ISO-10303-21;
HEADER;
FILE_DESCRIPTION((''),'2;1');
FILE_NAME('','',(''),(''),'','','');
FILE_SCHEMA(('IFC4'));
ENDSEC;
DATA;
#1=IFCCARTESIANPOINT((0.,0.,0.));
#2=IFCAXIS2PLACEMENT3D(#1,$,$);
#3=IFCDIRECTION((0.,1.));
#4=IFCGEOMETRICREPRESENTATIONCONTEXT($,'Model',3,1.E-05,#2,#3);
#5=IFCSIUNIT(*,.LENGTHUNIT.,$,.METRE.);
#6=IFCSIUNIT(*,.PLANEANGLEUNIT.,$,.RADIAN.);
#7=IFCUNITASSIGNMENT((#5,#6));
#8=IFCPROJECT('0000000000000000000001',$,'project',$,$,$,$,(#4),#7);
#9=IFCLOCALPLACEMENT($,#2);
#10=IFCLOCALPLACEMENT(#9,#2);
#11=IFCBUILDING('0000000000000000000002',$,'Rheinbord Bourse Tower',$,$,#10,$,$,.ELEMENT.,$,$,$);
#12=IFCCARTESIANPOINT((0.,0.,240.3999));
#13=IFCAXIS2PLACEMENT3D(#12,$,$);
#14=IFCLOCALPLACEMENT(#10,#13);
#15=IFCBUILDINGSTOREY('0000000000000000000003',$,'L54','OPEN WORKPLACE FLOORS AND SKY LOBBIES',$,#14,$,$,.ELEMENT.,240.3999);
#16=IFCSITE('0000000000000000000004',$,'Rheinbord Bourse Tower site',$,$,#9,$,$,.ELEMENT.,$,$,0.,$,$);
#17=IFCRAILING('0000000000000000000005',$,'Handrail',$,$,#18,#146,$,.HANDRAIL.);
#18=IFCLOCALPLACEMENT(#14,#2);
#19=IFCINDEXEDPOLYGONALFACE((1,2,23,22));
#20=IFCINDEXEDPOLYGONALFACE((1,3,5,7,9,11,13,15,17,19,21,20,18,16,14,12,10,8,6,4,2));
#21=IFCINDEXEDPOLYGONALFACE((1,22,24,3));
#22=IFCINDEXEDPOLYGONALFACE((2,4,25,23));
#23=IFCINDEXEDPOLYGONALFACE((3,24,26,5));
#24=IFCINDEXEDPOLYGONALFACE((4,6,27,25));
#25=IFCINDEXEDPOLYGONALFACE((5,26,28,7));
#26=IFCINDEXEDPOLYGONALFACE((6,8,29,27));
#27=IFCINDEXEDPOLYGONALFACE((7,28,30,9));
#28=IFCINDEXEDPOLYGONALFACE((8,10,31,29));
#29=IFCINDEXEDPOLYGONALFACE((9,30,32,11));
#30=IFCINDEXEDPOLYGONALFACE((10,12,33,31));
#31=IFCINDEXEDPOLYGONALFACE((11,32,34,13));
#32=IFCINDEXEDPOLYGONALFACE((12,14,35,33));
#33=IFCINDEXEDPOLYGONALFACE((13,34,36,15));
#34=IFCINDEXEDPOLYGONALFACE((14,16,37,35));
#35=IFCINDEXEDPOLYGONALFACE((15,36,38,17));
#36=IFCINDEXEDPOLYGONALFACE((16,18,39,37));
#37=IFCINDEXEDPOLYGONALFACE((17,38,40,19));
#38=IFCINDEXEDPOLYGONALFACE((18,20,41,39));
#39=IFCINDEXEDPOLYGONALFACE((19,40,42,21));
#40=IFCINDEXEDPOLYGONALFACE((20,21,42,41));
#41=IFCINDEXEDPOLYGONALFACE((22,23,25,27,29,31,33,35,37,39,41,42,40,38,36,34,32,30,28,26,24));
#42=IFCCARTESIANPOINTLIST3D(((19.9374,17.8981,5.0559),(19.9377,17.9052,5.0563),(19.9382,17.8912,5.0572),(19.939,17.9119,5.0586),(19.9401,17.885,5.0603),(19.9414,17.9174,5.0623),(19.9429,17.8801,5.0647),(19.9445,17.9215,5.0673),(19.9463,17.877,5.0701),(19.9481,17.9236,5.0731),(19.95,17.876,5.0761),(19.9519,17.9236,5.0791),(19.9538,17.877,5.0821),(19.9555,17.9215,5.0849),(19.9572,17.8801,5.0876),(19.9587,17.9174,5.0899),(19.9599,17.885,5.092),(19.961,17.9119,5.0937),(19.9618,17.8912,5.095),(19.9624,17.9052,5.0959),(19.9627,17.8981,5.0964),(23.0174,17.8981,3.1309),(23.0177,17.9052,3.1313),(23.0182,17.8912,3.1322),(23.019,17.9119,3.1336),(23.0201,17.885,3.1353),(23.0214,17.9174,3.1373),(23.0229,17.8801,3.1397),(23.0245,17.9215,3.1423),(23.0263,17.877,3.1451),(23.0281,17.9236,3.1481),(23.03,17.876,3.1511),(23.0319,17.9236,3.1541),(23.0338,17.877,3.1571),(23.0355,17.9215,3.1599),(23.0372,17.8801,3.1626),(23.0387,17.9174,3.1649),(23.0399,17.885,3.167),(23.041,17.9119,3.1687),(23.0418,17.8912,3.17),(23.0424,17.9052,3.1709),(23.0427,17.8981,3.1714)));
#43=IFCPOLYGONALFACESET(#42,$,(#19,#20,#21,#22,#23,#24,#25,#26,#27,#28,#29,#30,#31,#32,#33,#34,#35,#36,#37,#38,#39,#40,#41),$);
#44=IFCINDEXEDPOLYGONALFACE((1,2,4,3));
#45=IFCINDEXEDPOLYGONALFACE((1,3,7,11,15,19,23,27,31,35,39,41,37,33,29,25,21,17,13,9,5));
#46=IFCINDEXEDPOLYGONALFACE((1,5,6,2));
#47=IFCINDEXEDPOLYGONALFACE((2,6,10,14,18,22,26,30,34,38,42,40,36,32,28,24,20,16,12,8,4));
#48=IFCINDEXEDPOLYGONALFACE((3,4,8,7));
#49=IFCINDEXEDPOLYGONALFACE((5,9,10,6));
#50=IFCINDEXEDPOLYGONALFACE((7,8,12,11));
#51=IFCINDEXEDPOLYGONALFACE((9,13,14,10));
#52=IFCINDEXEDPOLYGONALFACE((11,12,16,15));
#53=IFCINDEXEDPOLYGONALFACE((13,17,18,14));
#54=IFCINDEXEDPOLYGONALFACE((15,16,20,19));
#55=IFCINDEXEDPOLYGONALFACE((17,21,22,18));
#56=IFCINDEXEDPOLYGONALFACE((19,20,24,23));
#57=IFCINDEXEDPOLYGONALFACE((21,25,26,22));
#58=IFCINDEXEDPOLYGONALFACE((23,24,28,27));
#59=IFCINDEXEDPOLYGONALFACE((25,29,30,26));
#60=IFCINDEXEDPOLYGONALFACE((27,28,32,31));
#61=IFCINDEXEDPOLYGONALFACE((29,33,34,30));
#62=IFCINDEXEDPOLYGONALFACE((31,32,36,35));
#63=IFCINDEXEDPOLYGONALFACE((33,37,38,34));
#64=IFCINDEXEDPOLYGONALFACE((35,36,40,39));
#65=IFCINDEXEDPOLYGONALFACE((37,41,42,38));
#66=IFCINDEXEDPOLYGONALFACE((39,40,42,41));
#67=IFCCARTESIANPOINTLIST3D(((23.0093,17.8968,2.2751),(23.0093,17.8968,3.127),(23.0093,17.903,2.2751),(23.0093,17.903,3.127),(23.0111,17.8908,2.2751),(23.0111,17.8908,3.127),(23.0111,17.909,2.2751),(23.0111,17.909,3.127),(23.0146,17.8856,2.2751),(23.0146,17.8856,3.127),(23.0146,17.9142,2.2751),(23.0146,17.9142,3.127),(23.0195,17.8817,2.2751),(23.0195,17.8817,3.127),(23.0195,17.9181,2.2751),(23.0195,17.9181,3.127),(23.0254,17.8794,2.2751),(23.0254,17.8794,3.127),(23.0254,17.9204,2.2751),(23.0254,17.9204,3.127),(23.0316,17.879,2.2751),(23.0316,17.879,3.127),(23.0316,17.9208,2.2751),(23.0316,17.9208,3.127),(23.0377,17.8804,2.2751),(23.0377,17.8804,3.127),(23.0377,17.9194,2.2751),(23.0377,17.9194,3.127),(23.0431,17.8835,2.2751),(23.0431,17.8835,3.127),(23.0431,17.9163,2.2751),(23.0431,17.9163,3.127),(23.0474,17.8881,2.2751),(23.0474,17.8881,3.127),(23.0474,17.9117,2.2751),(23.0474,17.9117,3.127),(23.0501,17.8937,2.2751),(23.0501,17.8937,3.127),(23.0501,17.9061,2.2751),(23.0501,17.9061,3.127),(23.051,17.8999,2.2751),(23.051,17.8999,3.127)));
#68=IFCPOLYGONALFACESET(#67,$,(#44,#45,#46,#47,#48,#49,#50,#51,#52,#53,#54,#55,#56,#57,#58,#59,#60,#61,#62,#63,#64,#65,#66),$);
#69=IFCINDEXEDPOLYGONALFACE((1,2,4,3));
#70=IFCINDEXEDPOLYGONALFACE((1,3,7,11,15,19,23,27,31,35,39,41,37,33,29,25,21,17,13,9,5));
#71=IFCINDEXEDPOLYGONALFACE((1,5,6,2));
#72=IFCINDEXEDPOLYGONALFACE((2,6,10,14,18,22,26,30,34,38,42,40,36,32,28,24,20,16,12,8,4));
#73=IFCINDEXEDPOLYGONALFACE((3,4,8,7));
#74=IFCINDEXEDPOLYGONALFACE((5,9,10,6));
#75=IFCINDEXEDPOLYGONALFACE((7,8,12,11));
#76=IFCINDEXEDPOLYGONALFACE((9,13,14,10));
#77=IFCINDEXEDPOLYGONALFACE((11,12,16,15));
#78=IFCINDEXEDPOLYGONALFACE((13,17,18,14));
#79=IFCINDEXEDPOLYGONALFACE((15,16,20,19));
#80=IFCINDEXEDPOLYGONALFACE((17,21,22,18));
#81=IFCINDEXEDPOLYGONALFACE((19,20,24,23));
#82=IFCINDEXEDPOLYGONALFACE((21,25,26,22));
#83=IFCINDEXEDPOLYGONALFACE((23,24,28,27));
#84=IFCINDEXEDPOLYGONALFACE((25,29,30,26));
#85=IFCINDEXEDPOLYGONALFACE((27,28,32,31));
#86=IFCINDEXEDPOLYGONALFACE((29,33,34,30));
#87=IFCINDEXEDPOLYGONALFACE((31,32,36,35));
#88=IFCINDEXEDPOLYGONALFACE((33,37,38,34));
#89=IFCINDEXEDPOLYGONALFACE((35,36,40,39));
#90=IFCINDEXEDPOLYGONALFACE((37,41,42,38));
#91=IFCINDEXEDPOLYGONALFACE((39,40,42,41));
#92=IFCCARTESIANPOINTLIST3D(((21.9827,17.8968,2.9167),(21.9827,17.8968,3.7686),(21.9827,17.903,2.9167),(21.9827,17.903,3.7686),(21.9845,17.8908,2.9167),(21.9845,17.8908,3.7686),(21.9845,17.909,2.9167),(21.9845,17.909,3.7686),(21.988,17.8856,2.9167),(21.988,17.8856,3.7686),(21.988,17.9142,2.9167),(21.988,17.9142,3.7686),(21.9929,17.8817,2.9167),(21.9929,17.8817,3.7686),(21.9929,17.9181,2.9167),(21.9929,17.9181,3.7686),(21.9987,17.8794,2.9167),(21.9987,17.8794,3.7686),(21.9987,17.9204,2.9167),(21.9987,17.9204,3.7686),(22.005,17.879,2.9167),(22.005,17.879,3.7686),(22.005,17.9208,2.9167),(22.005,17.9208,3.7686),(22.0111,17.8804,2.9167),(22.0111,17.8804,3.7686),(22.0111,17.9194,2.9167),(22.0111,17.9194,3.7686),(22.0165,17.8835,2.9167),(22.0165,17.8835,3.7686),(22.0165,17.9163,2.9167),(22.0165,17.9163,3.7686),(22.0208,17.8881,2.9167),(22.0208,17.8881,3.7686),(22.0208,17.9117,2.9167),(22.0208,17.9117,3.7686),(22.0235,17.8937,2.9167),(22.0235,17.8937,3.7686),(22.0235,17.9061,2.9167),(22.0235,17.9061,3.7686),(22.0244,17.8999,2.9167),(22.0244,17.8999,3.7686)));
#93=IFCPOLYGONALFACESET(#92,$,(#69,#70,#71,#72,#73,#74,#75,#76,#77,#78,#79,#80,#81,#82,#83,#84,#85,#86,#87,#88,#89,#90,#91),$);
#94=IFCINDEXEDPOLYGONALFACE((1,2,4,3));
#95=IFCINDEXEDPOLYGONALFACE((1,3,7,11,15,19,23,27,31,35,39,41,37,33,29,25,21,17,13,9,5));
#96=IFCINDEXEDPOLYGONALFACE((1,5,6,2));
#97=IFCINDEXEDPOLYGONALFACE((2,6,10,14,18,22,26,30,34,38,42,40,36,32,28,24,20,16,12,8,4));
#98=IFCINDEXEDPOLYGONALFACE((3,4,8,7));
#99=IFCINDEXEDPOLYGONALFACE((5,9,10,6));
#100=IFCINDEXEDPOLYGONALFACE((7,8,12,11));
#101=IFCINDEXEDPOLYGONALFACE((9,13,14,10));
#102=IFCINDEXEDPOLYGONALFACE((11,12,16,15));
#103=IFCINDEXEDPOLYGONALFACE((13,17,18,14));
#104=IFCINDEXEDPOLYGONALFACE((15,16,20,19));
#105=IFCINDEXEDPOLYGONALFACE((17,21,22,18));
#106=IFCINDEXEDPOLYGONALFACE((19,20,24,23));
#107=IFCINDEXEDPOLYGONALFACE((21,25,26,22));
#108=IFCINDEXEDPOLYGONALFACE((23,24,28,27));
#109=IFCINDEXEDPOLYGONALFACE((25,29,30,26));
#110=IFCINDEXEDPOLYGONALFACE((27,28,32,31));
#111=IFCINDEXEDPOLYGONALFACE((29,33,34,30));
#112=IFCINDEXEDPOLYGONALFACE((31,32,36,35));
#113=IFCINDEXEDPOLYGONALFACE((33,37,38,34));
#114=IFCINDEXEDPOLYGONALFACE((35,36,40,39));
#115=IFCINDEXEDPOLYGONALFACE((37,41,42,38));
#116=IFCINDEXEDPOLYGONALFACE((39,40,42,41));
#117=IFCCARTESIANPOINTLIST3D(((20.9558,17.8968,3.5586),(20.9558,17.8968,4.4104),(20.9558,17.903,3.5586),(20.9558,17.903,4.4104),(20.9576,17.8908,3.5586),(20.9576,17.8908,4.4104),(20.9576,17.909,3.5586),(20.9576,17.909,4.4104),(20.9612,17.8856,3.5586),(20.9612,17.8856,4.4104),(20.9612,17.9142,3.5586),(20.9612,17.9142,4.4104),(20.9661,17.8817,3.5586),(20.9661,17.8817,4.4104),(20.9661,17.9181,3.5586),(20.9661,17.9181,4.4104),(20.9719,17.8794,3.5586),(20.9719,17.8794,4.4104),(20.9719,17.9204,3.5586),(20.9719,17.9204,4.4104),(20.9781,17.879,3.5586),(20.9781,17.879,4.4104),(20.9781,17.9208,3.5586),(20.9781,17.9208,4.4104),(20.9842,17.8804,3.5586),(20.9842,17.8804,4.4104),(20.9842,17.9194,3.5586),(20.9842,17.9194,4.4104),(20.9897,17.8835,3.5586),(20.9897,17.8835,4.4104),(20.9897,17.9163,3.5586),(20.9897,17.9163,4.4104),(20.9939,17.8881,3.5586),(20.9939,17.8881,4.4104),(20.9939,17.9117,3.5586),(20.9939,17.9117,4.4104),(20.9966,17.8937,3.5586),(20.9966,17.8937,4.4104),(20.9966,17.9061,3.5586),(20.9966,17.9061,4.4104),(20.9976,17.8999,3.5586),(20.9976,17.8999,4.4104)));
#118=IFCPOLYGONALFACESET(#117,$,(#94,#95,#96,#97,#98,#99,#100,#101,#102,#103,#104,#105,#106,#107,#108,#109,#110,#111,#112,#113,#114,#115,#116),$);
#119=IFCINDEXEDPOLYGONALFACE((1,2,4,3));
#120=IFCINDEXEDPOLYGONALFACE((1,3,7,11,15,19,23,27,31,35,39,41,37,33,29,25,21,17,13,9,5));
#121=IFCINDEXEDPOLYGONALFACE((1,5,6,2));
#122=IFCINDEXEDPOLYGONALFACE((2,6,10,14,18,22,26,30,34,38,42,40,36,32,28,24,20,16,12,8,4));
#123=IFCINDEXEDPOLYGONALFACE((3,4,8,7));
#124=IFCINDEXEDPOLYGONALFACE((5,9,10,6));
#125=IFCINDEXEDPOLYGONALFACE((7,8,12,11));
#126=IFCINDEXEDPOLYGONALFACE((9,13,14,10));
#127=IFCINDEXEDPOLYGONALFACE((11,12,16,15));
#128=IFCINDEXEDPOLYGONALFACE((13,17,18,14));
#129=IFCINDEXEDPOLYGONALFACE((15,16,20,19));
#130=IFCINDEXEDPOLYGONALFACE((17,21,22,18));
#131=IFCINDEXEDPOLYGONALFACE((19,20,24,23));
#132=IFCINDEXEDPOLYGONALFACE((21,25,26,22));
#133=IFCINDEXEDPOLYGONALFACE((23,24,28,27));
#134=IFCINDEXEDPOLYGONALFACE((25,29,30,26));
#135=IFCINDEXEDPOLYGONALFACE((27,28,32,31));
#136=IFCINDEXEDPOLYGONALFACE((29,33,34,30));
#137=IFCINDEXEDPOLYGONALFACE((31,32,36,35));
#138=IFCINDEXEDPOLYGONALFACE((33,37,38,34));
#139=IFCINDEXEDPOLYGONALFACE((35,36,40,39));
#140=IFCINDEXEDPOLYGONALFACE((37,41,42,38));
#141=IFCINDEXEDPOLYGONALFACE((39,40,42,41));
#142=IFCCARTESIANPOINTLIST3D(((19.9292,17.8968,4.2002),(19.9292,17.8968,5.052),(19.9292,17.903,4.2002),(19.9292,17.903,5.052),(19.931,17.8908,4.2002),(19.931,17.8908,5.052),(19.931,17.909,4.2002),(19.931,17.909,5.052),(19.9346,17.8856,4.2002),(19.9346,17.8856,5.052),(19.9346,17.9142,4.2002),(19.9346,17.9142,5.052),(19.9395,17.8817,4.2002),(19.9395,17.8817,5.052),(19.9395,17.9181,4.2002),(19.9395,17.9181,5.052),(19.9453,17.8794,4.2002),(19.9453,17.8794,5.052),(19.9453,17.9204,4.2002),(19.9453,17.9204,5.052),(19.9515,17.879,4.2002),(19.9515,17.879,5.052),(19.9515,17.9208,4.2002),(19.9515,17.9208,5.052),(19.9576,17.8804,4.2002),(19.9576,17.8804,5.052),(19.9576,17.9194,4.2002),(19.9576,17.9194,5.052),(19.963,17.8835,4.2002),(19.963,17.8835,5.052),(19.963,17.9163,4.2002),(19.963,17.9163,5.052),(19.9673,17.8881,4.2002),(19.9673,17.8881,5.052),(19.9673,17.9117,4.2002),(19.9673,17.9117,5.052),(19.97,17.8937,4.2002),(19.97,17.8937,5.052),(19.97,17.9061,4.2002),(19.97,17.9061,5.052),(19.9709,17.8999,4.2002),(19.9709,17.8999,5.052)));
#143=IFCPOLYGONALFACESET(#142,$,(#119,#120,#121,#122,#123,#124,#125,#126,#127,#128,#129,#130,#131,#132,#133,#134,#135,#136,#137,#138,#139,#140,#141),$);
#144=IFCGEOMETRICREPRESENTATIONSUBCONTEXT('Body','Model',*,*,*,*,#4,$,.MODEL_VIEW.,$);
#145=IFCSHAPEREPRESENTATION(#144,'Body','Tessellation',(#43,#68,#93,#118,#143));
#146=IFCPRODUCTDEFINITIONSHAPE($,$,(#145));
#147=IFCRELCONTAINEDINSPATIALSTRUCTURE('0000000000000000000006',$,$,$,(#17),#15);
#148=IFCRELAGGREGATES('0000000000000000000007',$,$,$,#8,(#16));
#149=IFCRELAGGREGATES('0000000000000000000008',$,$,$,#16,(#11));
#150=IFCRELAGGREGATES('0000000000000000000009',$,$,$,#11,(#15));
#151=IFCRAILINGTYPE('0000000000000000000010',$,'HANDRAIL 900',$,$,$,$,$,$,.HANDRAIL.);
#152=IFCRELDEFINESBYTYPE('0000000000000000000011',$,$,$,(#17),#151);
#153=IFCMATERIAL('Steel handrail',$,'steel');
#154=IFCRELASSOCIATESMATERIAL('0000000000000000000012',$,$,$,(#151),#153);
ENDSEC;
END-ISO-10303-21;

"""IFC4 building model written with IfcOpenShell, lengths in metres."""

from ifc_helpers import new_model, si_unit, direction, frame, origin, origin_2d, place, context, subcontext, project, spatial, circle, extrude, material, type_object, element, save


model = new_model("IFC4")

# Units and contexts
model_context = context("Model", 3, precision=1e-05, world=origin(), true_north=direction((0.0, 1.0)))
body_context = subcontext(model_context, "Body", "Model", "MODEL_VIEW")
ifc_project = project(units=[si_unit("LENGTHUNIT", "METRE"), si_unit("PLANEANGLEUNIT", "RADIAN")], contexts=[model_context])

# Site, building, storey
site_placement = place(None, origin())
site = spatial("IfcSite", under=ifc_project, at=site_placement, Name="Rheinbord Bourse Tower site", CompositionType="ELEMENT", RefElevation=0.0)
building_placement = place(site_placement, origin())
building = spatial("IfcBuilding", under=site, at=building_placement, Name="Rheinbord Bourse Tower", CompositionType="ELEMENT")
storey_placement = place(building_placement, frame((0.0, 0.0, 240.3999)))
storey = spatial("IfcBuildingStorey", under=building, at=storey_placement, Name="L54", Description="OPEN WORKPLACE FLOORS AND SKY LOBBIES", CompositionType="ELEMENT", Elevation=240.3999)

# Railing
ifc_material_1 = material(Name="Steel handrail", Category="steel")
railing_type = type_object("IfcRailingType", Name="HANDRAIL 900", PredefinedType="HANDRAIL", material=ifc_material_1)
railing_1_placement = place(storey_placement, frame((23.03, 17.8999, 2.2751)))
element("IfcRailing", 1, at=railing_1_placement, inside=storey, type_object=railing_type, Name="Handrail", PredefinedType="HANDRAIL", context=body_context, shape_type="SweptSolid", body=[
    extrude(circle(Radius=0.0239, at=origin_2d()), frame((0.0, 0.0, 0.876), z_axis=(-0.847998, 0.0, 0.529999), x_axis=(0.0, -1.0, 0.0)), (0.0, 0.0, 1.0), 3.6321),
    extrude(circle(Radius=0.021, at=origin_2d()), origin(), (0.0, 0.0, 1.0), 0.8518),
    extrude(circle(Radius=0.021, at=origin_2d()), frame((-1.0266, 0.0, 0.6416)), (0.0, 0.0, 1.0), 0.8518),
    extrude(circle(Radius=0.021, at=origin_2d()), frame((-2.0535, 0.0, 1.2834)), (0.0, 0.0, 1.0), 0.8518),
    extrude(circle(Radius=0.021, at=origin_2d()), frame((-3.0801, 0.0, 1.925)), (0.0, 0.0, 1.0), 0.8518),
])

save(model, "model.ifc")
